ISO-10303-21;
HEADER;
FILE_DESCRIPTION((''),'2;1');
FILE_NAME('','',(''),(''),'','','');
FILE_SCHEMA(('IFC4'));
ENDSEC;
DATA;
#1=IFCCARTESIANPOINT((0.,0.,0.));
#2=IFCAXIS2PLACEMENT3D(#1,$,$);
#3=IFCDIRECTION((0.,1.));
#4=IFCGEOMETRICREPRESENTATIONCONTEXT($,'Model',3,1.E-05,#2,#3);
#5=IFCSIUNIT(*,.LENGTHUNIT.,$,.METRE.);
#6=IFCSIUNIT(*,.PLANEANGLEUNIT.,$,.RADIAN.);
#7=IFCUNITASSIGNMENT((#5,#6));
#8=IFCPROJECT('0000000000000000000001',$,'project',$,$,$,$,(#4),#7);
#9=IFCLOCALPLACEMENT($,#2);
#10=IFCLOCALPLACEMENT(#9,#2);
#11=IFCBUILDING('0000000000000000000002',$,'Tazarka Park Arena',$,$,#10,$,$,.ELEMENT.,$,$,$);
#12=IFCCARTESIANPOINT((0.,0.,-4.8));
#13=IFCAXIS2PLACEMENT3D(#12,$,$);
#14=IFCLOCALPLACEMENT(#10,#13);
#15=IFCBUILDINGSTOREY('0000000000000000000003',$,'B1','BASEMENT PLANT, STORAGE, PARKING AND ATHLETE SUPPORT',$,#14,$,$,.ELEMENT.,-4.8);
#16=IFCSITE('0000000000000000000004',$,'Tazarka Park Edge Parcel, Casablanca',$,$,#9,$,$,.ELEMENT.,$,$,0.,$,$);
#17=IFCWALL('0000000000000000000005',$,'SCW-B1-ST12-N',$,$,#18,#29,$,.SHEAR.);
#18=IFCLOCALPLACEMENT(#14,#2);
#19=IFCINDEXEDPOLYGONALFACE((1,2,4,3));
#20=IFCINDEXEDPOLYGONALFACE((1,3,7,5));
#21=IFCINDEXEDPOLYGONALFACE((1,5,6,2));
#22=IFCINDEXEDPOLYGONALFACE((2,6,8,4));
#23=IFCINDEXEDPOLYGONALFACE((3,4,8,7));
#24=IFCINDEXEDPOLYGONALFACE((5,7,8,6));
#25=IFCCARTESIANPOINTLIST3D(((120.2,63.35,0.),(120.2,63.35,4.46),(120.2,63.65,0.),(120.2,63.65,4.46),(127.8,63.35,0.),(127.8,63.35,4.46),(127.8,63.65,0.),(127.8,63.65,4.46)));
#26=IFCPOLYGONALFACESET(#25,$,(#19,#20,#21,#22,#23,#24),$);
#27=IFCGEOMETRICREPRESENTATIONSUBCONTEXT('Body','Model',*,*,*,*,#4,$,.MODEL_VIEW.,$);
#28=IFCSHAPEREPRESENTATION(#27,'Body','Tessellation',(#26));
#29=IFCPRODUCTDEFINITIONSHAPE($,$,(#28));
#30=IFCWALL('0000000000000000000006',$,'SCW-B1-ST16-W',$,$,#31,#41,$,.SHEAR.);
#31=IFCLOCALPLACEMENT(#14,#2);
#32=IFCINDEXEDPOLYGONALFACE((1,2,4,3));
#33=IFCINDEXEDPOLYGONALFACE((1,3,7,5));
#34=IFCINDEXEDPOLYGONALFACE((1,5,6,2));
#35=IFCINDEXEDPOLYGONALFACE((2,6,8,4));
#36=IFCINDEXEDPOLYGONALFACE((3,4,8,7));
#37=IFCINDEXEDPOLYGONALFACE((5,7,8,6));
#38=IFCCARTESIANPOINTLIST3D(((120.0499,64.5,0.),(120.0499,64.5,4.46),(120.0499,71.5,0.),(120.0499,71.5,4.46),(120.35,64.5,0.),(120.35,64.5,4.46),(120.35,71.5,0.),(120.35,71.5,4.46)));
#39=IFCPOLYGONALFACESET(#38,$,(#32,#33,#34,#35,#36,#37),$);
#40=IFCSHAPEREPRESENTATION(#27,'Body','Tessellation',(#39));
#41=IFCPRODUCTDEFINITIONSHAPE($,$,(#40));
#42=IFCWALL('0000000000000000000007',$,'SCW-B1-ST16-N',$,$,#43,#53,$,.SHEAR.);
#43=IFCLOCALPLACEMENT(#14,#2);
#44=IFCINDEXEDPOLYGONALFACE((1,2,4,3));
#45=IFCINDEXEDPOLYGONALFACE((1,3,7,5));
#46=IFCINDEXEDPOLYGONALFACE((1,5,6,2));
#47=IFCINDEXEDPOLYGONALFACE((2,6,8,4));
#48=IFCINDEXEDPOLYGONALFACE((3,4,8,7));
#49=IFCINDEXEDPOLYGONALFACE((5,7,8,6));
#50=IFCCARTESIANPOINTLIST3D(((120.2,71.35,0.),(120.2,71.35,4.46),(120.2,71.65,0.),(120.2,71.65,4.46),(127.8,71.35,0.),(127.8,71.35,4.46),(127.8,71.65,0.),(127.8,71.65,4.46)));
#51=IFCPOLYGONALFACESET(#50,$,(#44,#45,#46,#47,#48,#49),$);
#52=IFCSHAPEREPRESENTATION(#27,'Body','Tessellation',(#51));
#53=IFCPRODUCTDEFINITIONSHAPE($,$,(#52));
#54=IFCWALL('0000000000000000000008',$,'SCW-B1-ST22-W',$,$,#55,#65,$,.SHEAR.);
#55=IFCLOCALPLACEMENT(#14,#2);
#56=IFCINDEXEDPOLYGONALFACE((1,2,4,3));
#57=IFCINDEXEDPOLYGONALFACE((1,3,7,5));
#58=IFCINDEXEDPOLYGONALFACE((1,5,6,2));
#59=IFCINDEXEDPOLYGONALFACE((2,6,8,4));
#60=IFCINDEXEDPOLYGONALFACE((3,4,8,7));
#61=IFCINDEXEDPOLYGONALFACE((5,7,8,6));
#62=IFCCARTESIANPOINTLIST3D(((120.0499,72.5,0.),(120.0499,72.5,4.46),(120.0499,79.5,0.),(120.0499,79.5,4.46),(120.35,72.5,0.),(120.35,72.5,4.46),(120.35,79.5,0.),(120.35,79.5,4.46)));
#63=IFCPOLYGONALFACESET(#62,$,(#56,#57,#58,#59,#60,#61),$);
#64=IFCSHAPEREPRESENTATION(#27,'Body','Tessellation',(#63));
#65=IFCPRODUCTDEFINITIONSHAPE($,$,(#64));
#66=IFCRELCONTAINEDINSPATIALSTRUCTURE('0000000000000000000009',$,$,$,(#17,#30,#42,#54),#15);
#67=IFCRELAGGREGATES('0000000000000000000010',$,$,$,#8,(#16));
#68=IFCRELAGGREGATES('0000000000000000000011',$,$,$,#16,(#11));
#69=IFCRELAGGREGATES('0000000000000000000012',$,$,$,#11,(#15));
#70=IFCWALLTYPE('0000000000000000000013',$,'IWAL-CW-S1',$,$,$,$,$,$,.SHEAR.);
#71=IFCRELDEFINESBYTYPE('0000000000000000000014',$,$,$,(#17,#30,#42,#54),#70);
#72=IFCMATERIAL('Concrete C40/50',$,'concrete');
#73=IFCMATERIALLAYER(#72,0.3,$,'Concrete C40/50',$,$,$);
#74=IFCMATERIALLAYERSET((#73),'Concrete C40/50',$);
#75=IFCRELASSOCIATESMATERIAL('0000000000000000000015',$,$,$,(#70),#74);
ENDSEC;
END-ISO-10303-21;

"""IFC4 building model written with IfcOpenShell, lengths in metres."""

from ifc_helpers import new_model, si_unit, direction, frame, frame_2d, origin, place, context, subcontext, project, spatial, rectangle, extrude, material, layer, layer_set, type_object, element, save


model = new_model("IFC4")

# Units and contexts
model_context = context("Model", 3, precision=1e-05, world=origin(), true_north=direction((0.0, 1.0)))
body_context = subcontext(model_context, "Body", "Model", "MODEL_VIEW")
ifc_project = project(units=[si_unit("LENGTHUNIT", "METRE"), si_unit("PLANEANGLEUNIT", "RADIAN")], contexts=[model_context])

# Site, building, storey
site_placement = place(None, origin())
site = spatial("IfcSite", under=ifc_project, at=site_placement, Name="Tazarka Park Edge Parcel, Casablanca", CompositionType="ELEMENT", RefElevation=0.0)
building_placement = place(site_placement, origin())
building = spatial("IfcBuilding", under=site, at=building_placement, Name="Tazarka Park Arena", CompositionType="ELEMENT")
storey_placement = place(building_placement, frame((0.0, 0.0, -4.8)))
storey = spatial("IfcBuildingStorey", under=building, at=storey_placement, Name="B1", Description="BASEMENT PLANT, STORAGE, PARKING AND ATHLETE SUPPORT", CompositionType="ELEMENT", Elevation=-4.8)

# Walls
ifc_material_1 = material(Name="Concrete C40/50", Category="concrete")
ifc_layer = layer(ifc_material_1, 0.3, Name="Concrete C40/50")
ifc_layer_set = layer_set([ifc_layer], Name="Concrete C40/50")
wall_type = type_object("IfcWallType", Name="IWAL-CW-S1", PredefinedType="SHEAR", material=ifc_layer_set)
wall_1_placement = place(storey_placement, frame((120.2, 63.5, 0.0), z_axis=(0.0, 0.0, 1.0), x_axis=(1.0, 0.0, 0.0)))
element("IfcWall", 1, at=wall_1_placement, inside=storey, type_object=wall_type, Name="SCW-B1-ST12-N", PredefinedType="SHEAR", context=body_context, shape_type="SweptSolid", body=[
    extrude(rectangle(XDim=7.6001, YDim=0.3, at=frame_2d((3.8, 0.0))), origin(), (0.0, 0.0, 1.0), 4.46),
])
wall_2_placement = place(storey_placement, frame((120.2, 64.5, 0.0), z_axis=(0.0, 0.0, 1.0), x_axis=(0.0, 1.0, 0.0)))
element("IfcWall", 2, at=wall_2_placement, inside=storey, type_object=wall_type, Name="SCW-B1-ST16-W", PredefinedType="SHEAR", context=body_context, shape_type="SweptSolid", body=[
    extrude(rectangle(XDim=7.0, YDim=0.3, at=frame_2d((3.5, 0.0))), origin(), (0.0, 0.0, 1.0), 4.46),
])
wall_3_placement = place(storey_placement, frame((120.2, 71.5, 0.0), z_axis=(0.0, 0.0, 1.0), x_axis=(1.0, 0.0, 0.0)))
element("IfcWall", 3, at=wall_3_placement, inside=storey, type_object=wall_type, Name="SCW-B1-ST16-N", PredefinedType="SHEAR", context=body_context, shape_type="SweptSolid", body=[
    extrude(rectangle(XDim=7.6001, YDim=0.3, at=frame_2d((3.8, 0.0))), origin(), (0.0, 0.0, 1.0), 4.46),
])
wall_4_placement = place(storey_placement, frame((120.2, 72.5, 0.0), z_axis=(0.0, 0.0, 1.0), x_axis=(0.0, 1.0, 0.0)))
element("IfcWall", 4, at=wall_4_placement, inside=storey, type_object=wall_type, Name="SCW-B1-ST22-W", PredefinedType="SHEAR", context=body_context, shape_type="SweptSolid", body=[
    extrude(rectangle(XDim=7.0, YDim=0.3, at=frame_2d((3.5, 0.0))), origin(), (0.0, 0.0, 1.0), 4.46),
])

save(model, "model.ifc")
